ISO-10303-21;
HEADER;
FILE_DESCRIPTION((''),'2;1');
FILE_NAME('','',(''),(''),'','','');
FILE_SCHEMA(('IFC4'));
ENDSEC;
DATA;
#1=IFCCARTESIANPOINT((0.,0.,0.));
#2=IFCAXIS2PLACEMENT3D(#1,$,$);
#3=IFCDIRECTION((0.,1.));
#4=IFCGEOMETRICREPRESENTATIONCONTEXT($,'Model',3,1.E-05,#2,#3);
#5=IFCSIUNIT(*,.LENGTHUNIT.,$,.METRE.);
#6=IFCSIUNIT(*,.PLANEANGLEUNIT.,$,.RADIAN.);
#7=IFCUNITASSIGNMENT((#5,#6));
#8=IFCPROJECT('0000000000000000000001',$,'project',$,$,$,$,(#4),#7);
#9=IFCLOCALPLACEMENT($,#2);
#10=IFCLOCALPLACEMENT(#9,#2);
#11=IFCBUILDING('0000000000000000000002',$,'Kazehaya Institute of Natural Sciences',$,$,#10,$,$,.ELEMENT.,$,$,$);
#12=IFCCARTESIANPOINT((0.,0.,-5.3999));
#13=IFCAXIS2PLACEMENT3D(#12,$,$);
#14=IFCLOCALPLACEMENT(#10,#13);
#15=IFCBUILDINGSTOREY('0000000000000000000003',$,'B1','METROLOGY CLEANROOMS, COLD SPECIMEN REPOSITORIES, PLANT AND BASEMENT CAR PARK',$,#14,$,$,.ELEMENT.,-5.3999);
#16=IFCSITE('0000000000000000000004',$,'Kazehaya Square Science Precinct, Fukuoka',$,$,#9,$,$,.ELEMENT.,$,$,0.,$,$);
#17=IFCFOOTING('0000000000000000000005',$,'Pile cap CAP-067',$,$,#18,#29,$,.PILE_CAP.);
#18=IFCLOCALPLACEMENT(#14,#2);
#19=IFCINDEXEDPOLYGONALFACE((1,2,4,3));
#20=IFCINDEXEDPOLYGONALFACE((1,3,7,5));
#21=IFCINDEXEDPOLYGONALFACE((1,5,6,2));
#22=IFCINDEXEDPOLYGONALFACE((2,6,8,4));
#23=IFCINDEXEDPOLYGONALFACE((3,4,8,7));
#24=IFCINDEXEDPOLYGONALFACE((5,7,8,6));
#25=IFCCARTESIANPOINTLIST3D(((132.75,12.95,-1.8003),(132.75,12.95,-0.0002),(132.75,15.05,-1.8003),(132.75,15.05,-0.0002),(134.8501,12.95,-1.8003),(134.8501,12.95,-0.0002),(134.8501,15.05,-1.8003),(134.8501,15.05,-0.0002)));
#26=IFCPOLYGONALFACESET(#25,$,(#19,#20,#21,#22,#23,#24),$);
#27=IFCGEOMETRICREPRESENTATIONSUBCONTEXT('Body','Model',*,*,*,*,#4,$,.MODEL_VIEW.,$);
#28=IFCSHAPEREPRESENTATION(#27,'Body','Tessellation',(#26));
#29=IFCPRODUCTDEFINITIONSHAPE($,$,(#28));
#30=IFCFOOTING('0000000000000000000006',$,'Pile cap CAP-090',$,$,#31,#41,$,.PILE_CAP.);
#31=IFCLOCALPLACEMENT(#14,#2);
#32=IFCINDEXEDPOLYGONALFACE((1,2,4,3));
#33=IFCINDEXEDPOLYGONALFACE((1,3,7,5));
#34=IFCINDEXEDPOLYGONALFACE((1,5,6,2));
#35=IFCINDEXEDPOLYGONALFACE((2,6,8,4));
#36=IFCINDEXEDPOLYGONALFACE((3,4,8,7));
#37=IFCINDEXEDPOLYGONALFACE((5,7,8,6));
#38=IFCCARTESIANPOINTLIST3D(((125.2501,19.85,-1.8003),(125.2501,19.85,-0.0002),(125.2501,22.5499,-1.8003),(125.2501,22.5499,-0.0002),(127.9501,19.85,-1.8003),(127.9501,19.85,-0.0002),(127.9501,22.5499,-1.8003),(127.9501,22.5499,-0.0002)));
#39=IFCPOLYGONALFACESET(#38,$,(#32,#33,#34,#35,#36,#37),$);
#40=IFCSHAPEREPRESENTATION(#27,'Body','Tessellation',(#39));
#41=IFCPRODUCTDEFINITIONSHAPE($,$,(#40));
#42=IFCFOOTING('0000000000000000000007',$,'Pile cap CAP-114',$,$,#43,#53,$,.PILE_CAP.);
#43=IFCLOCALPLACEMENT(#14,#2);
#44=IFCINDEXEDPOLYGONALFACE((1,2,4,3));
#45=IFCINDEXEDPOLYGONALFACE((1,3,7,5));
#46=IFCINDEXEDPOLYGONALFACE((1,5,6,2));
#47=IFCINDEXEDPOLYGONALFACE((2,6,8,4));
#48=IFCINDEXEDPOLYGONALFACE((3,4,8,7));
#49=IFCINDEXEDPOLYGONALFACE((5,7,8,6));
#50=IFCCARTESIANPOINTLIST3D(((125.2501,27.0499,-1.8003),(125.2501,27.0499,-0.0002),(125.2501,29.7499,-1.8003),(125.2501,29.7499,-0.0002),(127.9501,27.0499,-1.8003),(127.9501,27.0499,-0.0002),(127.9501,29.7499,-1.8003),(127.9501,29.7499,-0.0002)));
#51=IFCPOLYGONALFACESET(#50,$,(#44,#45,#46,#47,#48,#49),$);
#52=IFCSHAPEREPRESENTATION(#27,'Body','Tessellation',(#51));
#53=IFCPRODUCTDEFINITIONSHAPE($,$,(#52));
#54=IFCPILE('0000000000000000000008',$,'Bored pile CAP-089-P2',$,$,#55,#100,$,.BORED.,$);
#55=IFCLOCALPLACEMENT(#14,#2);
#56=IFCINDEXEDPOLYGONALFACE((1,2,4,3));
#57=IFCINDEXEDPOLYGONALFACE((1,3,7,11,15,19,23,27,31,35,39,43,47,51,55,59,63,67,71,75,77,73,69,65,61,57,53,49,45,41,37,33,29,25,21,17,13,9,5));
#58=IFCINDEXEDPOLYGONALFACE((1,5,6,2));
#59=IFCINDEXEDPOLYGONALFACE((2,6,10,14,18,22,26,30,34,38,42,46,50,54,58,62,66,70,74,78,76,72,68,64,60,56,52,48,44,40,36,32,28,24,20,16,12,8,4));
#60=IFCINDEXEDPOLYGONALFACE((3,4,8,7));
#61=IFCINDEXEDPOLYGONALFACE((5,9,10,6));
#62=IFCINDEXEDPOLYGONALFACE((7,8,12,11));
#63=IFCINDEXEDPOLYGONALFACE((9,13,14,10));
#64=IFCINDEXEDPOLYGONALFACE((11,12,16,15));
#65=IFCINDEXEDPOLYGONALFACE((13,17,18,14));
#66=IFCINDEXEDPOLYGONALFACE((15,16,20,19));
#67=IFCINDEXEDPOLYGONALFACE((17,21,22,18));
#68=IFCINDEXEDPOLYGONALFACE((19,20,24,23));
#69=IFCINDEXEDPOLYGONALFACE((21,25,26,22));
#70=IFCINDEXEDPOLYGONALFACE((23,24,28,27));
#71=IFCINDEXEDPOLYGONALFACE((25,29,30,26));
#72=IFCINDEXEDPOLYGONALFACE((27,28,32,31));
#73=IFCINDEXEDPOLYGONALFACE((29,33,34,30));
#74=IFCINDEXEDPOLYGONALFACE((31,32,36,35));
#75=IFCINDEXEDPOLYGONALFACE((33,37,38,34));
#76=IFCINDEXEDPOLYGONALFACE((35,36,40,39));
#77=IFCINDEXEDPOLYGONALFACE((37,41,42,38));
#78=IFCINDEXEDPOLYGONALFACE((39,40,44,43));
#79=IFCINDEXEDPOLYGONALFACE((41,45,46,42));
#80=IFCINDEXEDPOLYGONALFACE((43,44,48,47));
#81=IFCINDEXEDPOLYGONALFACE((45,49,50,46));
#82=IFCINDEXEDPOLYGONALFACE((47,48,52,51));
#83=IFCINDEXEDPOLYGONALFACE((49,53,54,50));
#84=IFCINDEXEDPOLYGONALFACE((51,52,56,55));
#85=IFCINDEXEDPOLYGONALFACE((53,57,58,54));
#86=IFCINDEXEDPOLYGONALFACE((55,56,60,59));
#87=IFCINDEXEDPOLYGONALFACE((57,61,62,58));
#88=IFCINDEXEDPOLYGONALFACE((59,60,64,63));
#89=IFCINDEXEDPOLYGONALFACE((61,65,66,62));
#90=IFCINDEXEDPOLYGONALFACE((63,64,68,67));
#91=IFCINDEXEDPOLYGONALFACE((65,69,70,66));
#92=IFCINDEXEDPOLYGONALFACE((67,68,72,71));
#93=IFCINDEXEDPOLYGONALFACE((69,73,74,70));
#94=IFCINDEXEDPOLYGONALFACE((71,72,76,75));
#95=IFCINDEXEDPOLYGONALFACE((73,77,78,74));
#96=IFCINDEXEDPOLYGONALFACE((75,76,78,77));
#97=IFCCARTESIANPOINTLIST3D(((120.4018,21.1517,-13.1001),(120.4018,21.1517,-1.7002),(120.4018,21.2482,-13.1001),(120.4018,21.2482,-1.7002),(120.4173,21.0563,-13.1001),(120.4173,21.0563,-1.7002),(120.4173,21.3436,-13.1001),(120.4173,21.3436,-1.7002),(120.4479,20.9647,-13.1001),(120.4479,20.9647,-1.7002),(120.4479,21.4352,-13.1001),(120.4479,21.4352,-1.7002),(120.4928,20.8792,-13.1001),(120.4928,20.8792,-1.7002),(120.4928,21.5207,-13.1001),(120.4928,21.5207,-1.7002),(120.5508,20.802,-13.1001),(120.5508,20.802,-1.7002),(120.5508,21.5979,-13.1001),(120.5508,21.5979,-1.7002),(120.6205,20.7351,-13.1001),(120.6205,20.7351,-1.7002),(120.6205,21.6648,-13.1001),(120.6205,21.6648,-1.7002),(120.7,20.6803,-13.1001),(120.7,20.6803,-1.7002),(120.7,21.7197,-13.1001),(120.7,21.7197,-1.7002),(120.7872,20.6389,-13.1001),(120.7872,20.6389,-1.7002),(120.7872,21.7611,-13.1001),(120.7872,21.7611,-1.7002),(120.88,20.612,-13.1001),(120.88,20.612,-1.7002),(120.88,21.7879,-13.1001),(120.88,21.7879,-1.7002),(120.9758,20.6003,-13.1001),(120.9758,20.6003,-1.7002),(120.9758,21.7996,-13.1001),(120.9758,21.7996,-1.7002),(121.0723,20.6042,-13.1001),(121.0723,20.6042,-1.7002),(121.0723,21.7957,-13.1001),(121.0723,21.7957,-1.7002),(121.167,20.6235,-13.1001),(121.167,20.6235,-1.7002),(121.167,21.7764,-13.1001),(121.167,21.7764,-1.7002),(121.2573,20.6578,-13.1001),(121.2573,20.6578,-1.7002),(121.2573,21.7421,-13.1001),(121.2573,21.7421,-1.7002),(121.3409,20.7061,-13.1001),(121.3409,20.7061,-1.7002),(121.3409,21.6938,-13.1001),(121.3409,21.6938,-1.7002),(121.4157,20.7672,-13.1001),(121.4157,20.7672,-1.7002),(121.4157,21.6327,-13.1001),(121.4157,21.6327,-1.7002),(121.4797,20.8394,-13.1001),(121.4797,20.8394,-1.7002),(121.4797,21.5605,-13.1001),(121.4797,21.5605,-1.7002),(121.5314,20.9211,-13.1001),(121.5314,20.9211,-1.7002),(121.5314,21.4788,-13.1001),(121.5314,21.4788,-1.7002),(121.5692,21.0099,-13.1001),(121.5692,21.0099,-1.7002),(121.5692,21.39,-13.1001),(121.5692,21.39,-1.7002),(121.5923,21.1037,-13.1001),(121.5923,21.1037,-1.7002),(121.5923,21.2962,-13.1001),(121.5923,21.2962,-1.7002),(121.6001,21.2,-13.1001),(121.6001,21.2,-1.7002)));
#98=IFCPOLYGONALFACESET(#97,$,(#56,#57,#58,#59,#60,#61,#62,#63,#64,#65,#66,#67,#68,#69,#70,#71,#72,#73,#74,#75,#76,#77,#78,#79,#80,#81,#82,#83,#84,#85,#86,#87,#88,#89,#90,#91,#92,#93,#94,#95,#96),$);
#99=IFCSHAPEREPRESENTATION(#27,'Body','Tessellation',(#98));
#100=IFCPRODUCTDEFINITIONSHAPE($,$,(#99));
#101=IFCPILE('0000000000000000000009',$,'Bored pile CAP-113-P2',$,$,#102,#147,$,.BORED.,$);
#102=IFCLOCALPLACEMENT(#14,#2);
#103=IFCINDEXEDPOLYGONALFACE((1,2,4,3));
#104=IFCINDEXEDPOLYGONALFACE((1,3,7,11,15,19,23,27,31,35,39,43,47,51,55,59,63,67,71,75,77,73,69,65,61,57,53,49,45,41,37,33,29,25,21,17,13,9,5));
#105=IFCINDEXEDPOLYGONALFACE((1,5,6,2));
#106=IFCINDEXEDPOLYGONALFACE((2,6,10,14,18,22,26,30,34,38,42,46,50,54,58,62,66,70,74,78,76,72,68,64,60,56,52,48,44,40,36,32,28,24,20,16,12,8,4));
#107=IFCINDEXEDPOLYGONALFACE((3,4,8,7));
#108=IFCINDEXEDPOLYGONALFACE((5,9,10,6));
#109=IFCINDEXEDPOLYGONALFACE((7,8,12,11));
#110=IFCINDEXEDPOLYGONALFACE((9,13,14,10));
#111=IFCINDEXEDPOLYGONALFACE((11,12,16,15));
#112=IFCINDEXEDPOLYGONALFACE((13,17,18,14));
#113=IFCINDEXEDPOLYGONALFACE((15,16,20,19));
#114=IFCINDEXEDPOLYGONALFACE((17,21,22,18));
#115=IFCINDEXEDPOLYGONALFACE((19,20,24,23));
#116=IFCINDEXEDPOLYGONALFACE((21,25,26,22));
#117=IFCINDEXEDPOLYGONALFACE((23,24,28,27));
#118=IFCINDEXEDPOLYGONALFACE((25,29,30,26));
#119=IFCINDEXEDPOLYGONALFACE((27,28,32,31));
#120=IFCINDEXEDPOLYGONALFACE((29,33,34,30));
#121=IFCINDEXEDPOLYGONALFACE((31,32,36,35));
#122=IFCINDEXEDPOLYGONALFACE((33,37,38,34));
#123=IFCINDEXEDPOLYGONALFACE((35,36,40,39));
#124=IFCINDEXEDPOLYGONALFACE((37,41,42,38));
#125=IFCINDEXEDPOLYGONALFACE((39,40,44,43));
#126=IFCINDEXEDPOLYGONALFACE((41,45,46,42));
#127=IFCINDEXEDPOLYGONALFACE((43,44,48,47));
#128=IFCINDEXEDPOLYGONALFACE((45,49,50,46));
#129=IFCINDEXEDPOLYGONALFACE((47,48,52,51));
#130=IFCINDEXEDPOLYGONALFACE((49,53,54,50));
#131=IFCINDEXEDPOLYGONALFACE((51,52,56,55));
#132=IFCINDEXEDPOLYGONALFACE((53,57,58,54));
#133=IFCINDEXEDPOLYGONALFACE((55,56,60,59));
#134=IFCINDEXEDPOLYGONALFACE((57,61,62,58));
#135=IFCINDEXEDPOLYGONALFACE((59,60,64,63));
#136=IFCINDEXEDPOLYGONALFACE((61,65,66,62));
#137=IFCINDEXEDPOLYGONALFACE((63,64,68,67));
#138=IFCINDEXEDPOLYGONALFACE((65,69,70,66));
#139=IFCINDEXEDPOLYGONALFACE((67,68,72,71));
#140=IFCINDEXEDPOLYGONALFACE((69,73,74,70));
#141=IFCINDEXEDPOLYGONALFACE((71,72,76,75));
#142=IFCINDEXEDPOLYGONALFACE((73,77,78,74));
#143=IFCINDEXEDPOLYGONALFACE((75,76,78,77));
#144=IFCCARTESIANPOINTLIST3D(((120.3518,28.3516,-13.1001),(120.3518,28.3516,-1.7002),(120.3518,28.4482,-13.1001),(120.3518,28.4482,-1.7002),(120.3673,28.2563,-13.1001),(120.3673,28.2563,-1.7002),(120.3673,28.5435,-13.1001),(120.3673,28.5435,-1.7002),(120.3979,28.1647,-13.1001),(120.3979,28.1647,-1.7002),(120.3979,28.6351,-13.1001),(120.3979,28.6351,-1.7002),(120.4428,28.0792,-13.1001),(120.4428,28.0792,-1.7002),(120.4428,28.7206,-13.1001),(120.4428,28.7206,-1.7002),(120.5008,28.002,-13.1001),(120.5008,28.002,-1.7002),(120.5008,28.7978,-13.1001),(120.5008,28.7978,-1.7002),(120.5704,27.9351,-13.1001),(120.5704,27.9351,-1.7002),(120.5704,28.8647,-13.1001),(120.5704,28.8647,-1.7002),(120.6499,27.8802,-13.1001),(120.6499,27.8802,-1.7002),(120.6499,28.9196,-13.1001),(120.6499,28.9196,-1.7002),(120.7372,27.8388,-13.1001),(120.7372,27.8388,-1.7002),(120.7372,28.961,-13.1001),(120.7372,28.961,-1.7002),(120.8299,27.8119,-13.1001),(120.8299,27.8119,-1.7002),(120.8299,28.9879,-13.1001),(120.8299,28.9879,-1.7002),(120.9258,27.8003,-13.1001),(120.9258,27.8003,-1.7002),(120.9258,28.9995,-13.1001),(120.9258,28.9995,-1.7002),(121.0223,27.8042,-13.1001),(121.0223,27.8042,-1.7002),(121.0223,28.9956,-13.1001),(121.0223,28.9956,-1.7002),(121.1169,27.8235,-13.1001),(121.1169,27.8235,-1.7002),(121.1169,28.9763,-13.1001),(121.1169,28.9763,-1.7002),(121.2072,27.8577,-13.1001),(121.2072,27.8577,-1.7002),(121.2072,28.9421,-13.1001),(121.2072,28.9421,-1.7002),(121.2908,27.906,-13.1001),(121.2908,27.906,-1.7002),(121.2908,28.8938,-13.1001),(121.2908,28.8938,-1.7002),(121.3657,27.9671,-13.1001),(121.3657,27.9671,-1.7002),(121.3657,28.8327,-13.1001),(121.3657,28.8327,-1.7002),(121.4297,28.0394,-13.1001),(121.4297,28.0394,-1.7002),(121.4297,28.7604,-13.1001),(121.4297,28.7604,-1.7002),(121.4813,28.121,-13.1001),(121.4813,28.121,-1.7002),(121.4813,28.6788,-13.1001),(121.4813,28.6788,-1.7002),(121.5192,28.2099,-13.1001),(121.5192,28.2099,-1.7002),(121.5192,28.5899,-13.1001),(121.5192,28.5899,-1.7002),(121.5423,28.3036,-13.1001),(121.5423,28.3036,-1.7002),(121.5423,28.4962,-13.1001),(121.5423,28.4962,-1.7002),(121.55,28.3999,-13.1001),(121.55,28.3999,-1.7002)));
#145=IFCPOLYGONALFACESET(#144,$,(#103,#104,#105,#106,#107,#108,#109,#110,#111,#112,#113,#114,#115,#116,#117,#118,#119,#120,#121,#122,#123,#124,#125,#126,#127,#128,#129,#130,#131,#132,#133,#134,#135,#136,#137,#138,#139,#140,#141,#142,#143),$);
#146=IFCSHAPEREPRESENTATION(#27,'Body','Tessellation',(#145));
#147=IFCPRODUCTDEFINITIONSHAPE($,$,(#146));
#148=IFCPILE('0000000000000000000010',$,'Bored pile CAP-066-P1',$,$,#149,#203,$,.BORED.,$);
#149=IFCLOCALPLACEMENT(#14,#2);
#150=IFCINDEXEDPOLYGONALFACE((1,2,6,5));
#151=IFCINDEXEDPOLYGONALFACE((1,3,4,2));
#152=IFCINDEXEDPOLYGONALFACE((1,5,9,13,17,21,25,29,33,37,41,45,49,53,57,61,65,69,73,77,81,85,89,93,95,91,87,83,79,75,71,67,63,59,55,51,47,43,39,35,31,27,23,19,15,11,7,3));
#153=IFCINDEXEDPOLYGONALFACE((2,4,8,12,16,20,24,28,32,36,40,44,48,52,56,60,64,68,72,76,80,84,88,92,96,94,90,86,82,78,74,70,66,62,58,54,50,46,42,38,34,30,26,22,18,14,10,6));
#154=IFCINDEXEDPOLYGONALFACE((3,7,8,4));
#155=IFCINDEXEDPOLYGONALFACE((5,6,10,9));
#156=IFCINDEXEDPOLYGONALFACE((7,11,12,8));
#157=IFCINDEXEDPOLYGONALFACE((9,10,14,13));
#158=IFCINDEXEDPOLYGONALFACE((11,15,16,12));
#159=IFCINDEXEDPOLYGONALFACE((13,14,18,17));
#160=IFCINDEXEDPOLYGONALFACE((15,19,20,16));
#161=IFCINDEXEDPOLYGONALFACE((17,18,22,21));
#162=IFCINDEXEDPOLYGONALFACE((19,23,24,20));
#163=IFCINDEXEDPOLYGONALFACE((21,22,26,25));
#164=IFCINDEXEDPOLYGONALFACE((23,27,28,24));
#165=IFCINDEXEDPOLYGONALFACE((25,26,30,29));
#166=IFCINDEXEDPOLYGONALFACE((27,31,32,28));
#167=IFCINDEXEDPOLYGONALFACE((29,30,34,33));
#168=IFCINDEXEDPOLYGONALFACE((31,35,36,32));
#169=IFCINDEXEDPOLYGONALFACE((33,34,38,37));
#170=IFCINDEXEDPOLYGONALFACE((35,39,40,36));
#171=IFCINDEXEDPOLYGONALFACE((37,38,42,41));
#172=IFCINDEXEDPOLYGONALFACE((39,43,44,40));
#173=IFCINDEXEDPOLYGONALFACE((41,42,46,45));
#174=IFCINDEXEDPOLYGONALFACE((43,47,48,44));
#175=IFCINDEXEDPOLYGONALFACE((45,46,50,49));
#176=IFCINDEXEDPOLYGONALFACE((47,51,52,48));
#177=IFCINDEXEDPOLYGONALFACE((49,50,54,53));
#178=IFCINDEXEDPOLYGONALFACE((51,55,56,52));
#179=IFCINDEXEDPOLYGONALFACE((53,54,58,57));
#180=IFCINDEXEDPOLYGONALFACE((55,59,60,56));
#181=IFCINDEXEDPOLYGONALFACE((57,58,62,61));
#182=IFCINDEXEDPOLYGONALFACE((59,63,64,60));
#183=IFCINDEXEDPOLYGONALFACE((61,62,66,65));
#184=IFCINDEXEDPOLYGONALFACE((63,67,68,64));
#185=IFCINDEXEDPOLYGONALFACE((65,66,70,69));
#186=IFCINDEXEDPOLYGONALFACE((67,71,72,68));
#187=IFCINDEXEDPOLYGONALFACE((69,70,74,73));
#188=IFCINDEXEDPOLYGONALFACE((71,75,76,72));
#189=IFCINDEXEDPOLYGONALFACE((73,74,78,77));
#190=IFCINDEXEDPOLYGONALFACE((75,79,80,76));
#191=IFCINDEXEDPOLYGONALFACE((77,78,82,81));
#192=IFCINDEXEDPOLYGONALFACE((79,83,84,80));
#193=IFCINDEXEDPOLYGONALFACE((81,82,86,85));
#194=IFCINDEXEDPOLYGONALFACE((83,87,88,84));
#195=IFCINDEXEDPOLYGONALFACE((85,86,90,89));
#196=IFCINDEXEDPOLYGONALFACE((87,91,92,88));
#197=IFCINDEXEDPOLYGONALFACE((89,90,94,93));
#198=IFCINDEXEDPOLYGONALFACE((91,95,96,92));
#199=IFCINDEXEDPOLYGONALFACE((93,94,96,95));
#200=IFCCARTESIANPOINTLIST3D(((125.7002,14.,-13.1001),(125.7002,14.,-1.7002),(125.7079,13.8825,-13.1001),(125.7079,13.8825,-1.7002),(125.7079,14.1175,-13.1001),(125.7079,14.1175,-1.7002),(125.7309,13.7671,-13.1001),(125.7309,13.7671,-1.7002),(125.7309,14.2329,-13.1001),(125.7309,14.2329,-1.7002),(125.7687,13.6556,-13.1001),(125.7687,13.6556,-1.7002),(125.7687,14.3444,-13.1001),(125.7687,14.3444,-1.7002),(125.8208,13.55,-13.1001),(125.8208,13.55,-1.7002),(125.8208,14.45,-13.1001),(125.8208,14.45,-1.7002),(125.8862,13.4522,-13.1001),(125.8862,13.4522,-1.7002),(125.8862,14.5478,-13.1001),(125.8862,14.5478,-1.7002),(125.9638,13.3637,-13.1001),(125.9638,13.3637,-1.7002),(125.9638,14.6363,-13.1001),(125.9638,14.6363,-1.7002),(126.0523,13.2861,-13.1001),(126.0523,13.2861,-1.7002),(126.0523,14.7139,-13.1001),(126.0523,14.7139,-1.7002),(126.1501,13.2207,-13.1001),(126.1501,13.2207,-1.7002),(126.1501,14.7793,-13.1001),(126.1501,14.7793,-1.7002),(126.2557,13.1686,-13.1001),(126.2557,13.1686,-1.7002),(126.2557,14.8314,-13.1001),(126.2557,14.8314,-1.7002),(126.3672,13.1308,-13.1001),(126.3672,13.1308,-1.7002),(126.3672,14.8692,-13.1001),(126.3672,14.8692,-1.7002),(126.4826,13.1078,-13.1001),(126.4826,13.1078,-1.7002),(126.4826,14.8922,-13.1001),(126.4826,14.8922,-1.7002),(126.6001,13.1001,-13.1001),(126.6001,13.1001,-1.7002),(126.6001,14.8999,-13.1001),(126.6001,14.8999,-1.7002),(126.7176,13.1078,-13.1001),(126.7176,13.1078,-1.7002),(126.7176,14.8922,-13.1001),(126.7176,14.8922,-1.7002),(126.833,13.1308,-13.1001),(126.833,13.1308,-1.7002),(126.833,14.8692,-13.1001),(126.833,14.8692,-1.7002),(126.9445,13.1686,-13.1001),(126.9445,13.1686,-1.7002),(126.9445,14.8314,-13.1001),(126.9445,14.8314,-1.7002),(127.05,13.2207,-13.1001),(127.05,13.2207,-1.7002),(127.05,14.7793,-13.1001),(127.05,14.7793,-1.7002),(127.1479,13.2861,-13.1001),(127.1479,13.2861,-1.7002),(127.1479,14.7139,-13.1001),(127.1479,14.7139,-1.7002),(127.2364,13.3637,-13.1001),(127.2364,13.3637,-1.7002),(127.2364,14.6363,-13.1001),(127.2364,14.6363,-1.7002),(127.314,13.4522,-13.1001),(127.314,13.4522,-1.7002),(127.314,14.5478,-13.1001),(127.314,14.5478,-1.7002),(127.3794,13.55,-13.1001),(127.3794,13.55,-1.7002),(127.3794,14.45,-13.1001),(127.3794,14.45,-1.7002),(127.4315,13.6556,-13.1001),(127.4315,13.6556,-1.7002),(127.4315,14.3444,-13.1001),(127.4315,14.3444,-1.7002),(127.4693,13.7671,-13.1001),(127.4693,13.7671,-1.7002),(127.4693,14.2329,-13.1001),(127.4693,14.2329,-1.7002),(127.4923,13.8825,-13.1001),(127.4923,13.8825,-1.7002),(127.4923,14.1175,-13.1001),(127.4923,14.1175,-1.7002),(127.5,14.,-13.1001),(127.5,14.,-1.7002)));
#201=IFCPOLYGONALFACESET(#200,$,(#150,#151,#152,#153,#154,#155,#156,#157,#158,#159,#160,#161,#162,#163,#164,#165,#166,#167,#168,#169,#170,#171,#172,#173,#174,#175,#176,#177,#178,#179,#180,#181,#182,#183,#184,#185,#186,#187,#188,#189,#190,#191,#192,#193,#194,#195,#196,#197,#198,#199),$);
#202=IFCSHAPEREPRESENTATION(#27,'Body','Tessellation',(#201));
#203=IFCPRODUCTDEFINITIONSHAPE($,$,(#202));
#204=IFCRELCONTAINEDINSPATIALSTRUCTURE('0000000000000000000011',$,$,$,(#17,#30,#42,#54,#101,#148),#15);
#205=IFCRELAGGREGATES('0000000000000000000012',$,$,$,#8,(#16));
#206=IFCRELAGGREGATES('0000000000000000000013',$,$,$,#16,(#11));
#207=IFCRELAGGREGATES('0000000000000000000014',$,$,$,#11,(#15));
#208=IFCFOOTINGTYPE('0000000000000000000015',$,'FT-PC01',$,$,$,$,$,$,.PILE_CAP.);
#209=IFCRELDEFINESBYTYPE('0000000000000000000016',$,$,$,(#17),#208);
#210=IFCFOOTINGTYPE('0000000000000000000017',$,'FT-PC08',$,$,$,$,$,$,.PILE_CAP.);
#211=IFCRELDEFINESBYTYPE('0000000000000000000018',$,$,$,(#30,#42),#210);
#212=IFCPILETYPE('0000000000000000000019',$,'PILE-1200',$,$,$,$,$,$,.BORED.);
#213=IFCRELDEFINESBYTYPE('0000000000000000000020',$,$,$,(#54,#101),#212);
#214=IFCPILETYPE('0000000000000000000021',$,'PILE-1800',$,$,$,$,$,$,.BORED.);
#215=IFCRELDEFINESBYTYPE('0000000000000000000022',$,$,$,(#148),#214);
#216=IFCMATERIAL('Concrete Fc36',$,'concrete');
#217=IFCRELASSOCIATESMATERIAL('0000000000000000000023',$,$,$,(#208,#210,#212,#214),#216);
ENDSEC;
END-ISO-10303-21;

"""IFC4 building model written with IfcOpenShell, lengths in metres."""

from ifc_helpers import new_model, si_unit, direction, frame, origin, origin_2d, place, context, subcontext, project, spatial, rectangle, circle, extrude, material, material_profile, profile_set, type_object, element, save


model = new_model("IFC4")

# Units and contexts
model_context = context("Model", 3, precision=1e-05, world=origin(), true_north=direction((0.0, 1.0)))
body_context = subcontext(model_context, "Body", "Model", "MODEL_VIEW")
ifc_project = project(units=[si_unit("LENGTHUNIT", "METRE"), si_unit("PLANEANGLEUNIT", "RADIAN")], contexts=[model_context])

# Site, building, storey
site_placement = place(None, origin())
site = spatial("IfcSite", under=ifc_project, at=site_placement, Name="Kazehaya Square Science Precinct, Fukuoka", CompositionType="ELEMENT", RefElevation=0.0)
building_placement = place(site_placement, origin())
building = spatial("IfcBuilding", under=site, at=building_placement, Name="Kazehaya Institute of Natural Sciences", CompositionType="ELEMENT")
storey_placement = place(building_placement, frame((0.0, 0.0, -5.3999)))
storey = spatial("IfcBuildingStorey", under=building, at=storey_placement, Name="B1", Description="METROLOGY CLEANROOMS, COLD SPECIMEN REPOSITORIES, PLANT AND BASEMENT CAR PARK", CompositionType="ELEMENT", Elevation=-5.3999)

# Footings
ifc_material_1 = material(Name="Concrete Fc36", Category="concrete")
footing_type_1 = type_object("IfcFootingType", Name="FT-PC01", PredefinedType="PILE_CAP", material=ifc_material_1)
footing_placement = place(storey_placement, frame((133.8, 14.0, -1.8003), z_axis=(0.0, 0.0, 1.0), x_axis=(1.0, 0.0, 0.0)))
element("IfcFooting", 1, at=footing_placement, inside=storey, type_object=footing_type_1, Name="Pile cap CAP-067", PredefinedType="PILE_CAP", context=body_context, shape_type="SweptSolid", body=[
    extrude(rectangle(XDim=2.1001, YDim=2.1001, at=origin_2d()), origin(), (0.0, 0.0, 1.0), 1.8),
])
footing_type_2 = type_object("IfcFootingType", Name="FT-PC08", PredefinedType="PILE_CAP", material=ifc_material_1)
for number, where, z_axis, x_axis, name in (
    (2, (126.6001, 21.2, -1.8003), (0.0, 0.0, 1.0), (1.0, 0.0, 0.0), "Pile cap CAP-090"),
    (3, (126.6001, 28.3999, -1.8003), (0.0, 0.0, 1.0), (1.0, 0.0, 0.0), "Pile cap CAP-114"),
):
    element("IfcFooting", number, at=place(storey_placement, frame(where, z_axis=z_axis, x_axis=x_axis)), inside=storey, type_object=footing_type_2, Name=name, PredefinedType="PILE_CAP", context=body_context, shape_type="SweptSolid", body=[
        extrude(rectangle(XDim=2.7, YDim=2.7, at=origin_2d()), origin(), (0.0, 0.0, 1.0), 1.8),
    ])

# Piles
ifc_material_profile_1 = material_profile(ifc_material_1, circle(Radius=0.6001, at=origin_2d()), Name="PILE-1200")
ifc_profile_set_1 = profile_set([ifc_material_profile_1], Name="Concrete Fc36")
pile_type_1 = type_object("IfcPileType", Name="PILE-1200", PredefinedType="BORED", material=ifc_profile_set_1)
for number, where, z_axis, x_axis, name in (
    (4, (121.0, 21.2, -1.7002), (0.0, 0.0, -1.0), (1.0, 0.0, 0.0), "Bored pile CAP-089-P2"),
    (5, (120.95, 28.3999, -1.7002), (0.0, 0.0, -1.0), (1.0, 0.0, 0.0), "Bored pile CAP-113-P2"),
):
    element("IfcPile", number, at=place(storey_placement, frame(where, z_axis=z_axis, x_axis=x_axis)), inside=storey, type_object=pile_type_1, Name=name, PredefinedType="BORED", context=body_context, shape_type="SweptSolid", body=[
        extrude(circle(Radius=0.6001, at=origin_2d()), origin(), (0.0, 0.0, 1.0), 11.3999),
    ])
ifc_material_profile_2 = material_profile(ifc_material_1, circle(Radius=0.8999, at=origin_2d()), Name="PILE-1800")
ifc_profile_set_2 = profile_set([ifc_material_profile_2], Name="Concrete Fc36")
pile_type_2 = type_object("IfcPileType", Name="PILE-1800", PredefinedType="BORED", material=ifc_profile_set_2)
for number, where, z_axis, x_axis, name in (
    (6, (126.6001, 14.0, -1.7002), (0.0, 0.0, -1.0), (1.0, 0.0, 0.0), "Bored pile CAP-066-P1"),
):
    element("IfcPile", number, at=place(storey_placement, frame(where, z_axis=z_axis, x_axis=x_axis)), inside=storey, type_object=pile_type_2, Name=name, PredefinedType="BORED", context=body_context, shape_type="SweptSolid", body=[
        extrude(circle(Radius=0.8999, at=origin_2d()), origin(), (0.0, 0.0, 1.0), 11.3999),
    ])

save(model, "model.ifc")
